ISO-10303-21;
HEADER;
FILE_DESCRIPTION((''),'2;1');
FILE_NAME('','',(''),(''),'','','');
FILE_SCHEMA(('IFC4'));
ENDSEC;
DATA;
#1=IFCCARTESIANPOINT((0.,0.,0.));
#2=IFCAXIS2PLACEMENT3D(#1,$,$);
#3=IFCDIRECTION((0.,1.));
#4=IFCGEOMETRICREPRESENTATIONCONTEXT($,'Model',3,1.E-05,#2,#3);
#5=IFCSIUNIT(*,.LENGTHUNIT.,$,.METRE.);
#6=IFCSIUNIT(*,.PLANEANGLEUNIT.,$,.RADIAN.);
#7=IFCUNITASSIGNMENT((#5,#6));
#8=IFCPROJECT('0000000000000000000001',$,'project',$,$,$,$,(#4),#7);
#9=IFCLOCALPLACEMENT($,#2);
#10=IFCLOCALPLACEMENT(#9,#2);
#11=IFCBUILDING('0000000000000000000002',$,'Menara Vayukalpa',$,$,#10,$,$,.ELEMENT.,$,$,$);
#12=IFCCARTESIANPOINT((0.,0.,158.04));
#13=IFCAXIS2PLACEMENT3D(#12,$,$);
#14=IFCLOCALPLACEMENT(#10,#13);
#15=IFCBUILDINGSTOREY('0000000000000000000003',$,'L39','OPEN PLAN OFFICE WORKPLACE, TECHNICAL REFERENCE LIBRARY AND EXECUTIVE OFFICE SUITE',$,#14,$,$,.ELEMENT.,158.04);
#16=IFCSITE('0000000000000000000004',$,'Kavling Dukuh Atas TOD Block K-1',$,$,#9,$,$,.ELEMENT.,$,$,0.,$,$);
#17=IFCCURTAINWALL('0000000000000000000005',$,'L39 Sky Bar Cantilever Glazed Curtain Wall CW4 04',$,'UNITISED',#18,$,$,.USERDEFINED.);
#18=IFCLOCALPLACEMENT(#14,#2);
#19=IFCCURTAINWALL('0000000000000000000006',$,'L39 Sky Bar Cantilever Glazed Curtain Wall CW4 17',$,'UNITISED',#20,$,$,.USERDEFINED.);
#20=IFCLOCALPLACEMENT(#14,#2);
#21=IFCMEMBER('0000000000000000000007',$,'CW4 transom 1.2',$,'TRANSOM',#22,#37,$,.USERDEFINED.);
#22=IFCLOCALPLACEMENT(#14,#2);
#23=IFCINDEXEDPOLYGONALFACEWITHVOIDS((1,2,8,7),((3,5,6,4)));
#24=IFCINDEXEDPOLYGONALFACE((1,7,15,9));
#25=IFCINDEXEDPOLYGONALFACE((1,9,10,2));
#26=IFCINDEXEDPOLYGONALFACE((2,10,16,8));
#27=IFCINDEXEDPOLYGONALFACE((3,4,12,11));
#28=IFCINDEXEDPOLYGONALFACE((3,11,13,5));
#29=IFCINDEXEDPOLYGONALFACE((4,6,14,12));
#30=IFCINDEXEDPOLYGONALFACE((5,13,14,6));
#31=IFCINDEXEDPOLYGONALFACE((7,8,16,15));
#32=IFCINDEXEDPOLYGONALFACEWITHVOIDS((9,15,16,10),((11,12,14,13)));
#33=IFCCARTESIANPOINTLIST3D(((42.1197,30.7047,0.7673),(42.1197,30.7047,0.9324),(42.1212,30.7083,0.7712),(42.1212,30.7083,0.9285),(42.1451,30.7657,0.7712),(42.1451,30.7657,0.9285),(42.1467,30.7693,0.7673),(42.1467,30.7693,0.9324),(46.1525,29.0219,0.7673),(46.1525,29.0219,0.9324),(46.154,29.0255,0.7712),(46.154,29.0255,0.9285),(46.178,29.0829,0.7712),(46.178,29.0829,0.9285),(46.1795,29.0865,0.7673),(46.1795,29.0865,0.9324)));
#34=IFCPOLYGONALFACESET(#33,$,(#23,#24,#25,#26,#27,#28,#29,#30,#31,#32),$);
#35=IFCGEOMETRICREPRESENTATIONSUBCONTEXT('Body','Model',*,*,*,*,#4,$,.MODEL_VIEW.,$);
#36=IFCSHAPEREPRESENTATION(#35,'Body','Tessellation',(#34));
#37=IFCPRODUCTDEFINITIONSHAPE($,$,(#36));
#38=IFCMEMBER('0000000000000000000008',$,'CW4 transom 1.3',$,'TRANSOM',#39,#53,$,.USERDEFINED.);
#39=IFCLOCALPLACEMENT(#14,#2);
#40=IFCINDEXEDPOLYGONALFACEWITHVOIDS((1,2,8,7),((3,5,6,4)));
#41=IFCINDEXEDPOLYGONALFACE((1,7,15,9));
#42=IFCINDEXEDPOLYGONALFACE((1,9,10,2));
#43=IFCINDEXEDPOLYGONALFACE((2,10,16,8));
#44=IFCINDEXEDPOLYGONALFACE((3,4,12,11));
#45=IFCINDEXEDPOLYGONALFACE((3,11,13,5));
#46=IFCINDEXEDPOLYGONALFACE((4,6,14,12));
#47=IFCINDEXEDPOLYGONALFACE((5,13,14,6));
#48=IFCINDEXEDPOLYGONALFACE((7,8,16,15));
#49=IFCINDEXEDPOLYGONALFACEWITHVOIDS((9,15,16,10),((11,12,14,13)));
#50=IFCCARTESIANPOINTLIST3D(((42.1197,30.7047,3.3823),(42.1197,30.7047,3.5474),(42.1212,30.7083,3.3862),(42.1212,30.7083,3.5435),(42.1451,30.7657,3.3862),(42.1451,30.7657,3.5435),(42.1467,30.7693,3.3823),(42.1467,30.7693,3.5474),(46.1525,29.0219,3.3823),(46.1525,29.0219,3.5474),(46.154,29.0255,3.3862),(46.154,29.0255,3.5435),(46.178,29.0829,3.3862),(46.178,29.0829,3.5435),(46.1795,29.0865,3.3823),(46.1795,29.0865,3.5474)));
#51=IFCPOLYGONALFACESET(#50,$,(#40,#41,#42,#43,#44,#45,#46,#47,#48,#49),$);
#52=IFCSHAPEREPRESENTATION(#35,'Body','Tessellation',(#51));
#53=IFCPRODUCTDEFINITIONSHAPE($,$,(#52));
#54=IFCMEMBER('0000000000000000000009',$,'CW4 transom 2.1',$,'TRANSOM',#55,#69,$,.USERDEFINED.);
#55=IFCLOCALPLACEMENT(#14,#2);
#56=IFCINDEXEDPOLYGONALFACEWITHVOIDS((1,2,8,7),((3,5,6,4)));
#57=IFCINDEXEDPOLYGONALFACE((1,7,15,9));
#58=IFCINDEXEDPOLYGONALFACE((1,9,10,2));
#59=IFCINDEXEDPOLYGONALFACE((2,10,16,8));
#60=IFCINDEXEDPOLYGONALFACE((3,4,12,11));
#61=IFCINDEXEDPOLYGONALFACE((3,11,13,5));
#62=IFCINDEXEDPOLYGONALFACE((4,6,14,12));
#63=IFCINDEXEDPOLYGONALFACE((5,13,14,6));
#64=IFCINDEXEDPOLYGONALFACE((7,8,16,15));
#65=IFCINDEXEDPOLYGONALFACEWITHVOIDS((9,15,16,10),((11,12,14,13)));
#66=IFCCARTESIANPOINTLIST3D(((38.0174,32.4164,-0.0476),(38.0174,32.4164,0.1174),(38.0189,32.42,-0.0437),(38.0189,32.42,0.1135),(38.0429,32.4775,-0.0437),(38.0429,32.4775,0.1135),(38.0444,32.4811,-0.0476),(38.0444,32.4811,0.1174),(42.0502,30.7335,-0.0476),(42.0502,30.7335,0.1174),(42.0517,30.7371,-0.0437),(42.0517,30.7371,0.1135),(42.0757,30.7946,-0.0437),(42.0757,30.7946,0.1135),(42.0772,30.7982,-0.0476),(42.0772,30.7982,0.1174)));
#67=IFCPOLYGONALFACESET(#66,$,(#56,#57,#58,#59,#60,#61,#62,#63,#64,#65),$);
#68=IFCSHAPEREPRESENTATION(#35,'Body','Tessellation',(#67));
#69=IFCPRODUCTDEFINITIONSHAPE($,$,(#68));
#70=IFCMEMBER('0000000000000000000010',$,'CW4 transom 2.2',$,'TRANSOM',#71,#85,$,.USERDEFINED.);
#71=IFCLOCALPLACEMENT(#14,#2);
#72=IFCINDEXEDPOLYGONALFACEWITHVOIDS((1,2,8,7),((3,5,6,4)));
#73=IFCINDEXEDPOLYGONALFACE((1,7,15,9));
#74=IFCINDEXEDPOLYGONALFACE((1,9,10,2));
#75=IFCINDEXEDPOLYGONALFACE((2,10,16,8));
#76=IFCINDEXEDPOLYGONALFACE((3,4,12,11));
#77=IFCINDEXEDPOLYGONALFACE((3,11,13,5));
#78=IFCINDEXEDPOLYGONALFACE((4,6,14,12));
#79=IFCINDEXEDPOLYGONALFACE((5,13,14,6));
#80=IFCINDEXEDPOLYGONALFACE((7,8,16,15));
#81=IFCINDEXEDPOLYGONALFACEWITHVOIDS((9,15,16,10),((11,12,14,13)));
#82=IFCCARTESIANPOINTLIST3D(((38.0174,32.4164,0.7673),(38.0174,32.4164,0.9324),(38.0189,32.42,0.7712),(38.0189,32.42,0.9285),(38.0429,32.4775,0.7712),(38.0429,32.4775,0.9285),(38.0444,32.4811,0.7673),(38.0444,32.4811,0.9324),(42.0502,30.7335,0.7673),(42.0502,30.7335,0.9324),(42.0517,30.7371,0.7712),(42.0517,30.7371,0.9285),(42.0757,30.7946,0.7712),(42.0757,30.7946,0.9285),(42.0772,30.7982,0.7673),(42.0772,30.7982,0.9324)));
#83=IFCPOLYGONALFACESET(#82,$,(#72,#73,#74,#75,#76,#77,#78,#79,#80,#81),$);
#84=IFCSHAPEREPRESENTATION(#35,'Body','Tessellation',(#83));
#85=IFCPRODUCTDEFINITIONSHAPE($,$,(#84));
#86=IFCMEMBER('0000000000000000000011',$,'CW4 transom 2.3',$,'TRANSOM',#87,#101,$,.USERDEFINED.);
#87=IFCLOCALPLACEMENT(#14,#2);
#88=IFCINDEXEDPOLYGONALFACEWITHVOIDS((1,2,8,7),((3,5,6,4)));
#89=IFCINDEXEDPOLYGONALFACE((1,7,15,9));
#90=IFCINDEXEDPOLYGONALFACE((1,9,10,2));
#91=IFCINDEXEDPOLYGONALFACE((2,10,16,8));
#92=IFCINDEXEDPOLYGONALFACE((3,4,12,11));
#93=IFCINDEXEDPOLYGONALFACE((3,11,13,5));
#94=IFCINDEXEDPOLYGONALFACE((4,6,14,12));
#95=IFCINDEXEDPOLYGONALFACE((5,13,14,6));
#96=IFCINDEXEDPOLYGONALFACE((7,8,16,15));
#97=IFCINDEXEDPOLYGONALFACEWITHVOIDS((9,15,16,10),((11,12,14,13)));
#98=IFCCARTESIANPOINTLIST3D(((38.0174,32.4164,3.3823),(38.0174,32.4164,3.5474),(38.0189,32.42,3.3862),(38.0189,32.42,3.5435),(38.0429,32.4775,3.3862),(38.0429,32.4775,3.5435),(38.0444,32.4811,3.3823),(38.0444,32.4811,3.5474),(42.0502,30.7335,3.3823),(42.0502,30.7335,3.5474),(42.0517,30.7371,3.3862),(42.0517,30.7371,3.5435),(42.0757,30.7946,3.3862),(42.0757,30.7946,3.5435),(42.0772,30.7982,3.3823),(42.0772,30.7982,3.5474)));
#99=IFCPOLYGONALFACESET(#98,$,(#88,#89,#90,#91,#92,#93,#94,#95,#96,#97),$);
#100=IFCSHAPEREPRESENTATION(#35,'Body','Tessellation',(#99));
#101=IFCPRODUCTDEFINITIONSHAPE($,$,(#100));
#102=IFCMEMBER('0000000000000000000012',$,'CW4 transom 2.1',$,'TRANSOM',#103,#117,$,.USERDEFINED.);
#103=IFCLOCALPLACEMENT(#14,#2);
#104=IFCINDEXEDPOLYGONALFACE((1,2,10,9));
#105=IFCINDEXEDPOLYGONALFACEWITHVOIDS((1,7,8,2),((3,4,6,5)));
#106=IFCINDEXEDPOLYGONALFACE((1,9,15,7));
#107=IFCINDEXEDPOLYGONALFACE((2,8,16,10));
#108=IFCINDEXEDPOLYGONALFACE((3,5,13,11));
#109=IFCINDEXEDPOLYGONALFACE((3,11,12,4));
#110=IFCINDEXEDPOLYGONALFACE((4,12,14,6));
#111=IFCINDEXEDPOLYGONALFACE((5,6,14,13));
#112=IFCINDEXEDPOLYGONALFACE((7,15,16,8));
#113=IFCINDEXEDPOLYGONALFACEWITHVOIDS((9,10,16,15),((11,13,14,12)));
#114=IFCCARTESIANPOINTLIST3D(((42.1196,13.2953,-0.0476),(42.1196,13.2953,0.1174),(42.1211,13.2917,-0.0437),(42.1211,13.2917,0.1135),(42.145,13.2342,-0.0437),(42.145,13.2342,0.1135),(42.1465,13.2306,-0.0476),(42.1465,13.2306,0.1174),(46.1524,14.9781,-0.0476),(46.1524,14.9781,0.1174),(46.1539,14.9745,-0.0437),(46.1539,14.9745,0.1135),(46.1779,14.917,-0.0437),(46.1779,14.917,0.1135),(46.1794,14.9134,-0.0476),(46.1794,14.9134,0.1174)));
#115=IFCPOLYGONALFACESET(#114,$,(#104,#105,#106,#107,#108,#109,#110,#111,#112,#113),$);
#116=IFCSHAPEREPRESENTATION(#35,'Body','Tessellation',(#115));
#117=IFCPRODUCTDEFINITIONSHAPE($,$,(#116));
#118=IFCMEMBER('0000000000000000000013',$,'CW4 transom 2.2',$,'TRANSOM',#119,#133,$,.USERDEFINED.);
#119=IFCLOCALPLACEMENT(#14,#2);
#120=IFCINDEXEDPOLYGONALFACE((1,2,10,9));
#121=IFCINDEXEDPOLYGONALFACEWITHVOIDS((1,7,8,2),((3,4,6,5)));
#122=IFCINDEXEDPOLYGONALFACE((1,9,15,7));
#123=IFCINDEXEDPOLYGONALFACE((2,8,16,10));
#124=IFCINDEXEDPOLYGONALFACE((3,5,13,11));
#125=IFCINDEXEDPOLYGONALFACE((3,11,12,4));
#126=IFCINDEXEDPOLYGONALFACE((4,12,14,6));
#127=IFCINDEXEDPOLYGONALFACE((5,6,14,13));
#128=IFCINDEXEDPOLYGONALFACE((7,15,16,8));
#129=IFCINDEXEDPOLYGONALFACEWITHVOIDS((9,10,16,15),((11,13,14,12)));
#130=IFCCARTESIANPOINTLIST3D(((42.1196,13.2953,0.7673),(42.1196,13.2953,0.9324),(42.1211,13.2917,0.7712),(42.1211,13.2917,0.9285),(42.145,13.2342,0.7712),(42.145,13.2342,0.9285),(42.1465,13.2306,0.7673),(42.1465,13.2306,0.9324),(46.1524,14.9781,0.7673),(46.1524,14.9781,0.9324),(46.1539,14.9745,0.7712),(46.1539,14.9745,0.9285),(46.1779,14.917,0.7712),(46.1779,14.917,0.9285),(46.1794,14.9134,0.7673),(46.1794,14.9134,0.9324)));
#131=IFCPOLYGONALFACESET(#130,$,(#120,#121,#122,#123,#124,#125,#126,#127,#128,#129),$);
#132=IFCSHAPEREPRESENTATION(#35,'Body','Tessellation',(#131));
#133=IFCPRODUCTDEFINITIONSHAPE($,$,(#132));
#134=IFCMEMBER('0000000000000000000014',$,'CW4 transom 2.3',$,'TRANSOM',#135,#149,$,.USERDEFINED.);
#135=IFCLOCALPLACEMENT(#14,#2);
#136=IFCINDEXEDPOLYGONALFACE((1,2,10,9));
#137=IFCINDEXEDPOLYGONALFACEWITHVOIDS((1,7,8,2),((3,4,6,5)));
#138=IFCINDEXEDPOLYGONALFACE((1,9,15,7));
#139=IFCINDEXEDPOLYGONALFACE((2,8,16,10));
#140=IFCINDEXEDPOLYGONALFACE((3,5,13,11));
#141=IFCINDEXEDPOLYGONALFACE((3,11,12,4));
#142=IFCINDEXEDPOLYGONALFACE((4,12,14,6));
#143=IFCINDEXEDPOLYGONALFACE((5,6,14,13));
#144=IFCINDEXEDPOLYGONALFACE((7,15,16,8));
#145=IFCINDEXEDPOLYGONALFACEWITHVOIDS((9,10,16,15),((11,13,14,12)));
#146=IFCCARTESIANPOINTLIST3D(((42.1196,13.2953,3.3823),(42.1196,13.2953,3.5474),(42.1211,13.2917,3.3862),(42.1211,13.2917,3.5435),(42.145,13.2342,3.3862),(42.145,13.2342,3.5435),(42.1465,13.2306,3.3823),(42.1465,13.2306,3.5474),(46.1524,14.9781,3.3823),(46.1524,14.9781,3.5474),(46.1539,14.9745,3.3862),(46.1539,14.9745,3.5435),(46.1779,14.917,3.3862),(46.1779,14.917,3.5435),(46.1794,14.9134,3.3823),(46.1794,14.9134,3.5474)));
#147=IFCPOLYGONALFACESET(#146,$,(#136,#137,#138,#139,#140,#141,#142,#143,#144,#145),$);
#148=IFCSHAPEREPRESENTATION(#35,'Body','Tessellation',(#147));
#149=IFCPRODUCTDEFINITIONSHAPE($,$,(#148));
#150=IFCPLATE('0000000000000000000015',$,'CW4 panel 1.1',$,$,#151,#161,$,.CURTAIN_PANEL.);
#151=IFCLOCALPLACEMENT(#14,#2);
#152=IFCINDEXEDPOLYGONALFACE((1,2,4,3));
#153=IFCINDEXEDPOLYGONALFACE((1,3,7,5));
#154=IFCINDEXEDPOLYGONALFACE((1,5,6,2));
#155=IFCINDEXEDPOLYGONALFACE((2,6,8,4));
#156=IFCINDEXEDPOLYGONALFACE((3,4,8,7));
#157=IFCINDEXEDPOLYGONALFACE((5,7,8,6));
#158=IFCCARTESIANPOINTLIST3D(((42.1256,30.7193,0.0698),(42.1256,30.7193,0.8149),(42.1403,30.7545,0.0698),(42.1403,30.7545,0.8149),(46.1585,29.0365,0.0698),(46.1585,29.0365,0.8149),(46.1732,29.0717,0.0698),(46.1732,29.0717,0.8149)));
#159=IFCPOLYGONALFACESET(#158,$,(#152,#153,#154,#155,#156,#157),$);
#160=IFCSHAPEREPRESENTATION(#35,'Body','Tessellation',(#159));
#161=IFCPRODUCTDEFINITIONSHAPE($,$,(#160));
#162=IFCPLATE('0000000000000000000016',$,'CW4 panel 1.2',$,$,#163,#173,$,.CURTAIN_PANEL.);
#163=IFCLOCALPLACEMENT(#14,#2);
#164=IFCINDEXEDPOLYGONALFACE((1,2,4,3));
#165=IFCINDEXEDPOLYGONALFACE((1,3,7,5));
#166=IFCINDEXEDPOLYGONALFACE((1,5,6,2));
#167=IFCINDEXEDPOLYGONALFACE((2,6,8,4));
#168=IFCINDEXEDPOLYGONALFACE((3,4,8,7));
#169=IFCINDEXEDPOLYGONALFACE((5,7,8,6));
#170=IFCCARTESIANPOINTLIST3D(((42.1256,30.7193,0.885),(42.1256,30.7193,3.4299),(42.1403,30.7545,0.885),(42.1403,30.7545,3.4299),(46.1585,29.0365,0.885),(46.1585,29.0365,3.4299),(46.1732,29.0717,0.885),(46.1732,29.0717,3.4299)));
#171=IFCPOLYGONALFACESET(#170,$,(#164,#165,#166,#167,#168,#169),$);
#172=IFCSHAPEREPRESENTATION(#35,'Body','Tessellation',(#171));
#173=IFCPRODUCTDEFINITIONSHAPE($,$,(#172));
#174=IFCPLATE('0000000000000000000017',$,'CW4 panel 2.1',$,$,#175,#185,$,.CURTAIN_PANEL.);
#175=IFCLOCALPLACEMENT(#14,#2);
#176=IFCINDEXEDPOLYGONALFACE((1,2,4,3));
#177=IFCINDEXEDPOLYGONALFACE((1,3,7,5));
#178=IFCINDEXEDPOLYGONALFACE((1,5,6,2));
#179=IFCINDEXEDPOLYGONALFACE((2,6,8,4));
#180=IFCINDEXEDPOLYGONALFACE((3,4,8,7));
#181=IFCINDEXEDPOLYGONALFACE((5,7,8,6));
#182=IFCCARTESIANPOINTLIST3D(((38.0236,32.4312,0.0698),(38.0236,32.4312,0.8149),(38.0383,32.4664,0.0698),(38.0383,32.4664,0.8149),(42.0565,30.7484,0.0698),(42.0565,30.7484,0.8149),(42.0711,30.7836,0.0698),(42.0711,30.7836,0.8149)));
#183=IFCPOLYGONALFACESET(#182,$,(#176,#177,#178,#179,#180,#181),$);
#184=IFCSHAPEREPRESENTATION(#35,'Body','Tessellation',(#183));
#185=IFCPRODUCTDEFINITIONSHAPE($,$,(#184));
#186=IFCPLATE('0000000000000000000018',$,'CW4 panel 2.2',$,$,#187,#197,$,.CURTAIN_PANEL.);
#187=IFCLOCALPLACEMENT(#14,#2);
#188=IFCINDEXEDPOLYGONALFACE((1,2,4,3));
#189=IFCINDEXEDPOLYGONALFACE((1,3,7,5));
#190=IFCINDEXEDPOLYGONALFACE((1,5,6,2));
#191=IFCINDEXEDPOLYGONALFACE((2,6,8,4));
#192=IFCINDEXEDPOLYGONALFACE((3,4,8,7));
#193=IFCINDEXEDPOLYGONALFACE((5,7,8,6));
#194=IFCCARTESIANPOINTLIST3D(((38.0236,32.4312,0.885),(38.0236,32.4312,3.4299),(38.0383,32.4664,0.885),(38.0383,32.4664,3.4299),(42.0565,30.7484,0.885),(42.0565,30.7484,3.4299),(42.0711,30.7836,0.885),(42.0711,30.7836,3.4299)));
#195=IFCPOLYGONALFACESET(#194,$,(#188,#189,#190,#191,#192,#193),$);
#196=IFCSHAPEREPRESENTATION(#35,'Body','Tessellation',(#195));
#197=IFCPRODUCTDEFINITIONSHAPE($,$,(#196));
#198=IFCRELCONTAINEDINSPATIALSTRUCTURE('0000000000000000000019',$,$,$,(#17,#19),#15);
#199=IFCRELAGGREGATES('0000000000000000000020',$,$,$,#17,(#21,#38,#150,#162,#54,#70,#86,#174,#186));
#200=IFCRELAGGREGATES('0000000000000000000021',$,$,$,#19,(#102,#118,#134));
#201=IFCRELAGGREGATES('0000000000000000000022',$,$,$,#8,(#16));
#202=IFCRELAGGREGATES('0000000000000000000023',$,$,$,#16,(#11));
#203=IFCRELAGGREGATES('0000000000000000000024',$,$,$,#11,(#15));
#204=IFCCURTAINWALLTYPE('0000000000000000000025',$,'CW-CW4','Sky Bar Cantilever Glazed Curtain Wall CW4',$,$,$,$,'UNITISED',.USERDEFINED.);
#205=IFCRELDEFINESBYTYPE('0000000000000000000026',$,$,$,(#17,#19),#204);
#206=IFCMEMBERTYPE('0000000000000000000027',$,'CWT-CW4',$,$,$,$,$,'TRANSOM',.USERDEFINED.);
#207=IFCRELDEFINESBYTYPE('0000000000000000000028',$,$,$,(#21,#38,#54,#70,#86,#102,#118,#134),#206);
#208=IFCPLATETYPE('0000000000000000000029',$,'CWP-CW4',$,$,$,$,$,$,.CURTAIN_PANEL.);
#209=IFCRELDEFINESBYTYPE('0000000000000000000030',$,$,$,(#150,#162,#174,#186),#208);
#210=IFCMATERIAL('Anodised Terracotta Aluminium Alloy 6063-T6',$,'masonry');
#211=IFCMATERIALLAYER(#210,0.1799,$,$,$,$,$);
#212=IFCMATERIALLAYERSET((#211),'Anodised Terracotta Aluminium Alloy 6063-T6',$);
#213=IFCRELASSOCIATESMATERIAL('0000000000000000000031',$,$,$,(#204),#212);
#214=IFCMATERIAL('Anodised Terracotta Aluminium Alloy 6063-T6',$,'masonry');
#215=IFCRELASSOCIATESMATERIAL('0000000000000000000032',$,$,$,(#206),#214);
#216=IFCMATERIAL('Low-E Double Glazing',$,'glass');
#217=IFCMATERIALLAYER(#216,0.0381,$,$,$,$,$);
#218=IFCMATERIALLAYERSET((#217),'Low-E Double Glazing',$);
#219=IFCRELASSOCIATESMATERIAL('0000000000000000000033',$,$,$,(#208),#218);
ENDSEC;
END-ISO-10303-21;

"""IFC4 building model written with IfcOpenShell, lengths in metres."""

from ifc_helpers import new_model, si_unit, direction, frame, origin, origin_2d, place, context, subcontext, project, spatial, rectangle, hollow_rectangle, extrude, material, layer, layer_set, material_profile, profile_set, type_object, element, aggregate, save


model = new_model("IFC4")

# Units and contexts
model_context = context("Model", 3, precision=1e-05, world=origin(), true_north=direction((0.0, 1.0)))
body_context = subcontext(model_context, "Body", "Model", "MODEL_VIEW")
ifc_project = project(units=[si_unit("LENGTHUNIT", "METRE"), si_unit("PLANEANGLEUNIT", "RADIAN")], contexts=[model_context])

# Site, building, storey
site_placement = place(None, origin())
site = spatial("IfcSite", under=ifc_project, at=site_placement, Name="Kavling Dukuh Atas TOD Block K-1", CompositionType="ELEMENT", RefElevation=0.0)
building_placement = place(site_placement, origin())
building = spatial("IfcBuilding", under=site, at=building_placement, Name="Menara Vayukalpa", CompositionType="ELEMENT")
storey_placement = place(building_placement, frame((0.0, 0.0, 158.04)))
storey = spatial("IfcBuildingStorey", under=building, at=storey_placement, Name="L39", Description="OPEN PLAN OFFICE WORKPLACE, TECHNICAL REFERENCE LIBRARY AND EXECUTIVE OFFICE SUITE", CompositionType="ELEMENT", Elevation=158.04)

# Curtain walls
ifc_material_1 = material(Name="Anodised Terracotta Aluminium Alloy 6063-T6", Category="masonry")
ifc_layer_1 = layer(ifc_material_1, 0.1799)
ifc_layer_set_1 = layer_set([ifc_layer_1], Name="Anodised Terracotta Aluminium Alloy 6063-T6")
curtain_wall_type = type_object("IfcCurtainWallType", Name="CW-CW4", Description="Sky Bar Cantilever Glazed Curtain Wall CW4", ElementType="UNITISED", PredefinedType="USERDEFINED", material=ifc_layer_set_1)
curtain_wall_1_placement = place(storey_placement, origin())
curtain_wall_1 = element("IfcCurtainWall", 1, at=curtain_wall_1_placement, inside=storey, type_object=curtain_wall_type, Name="L39 Sky Bar Cantilever Glazed Curtain Wall CW4 04", ObjectType="UNITISED", PredefinedType="USERDEFINED")
curtain_wall_2_placement = place(storey_placement, origin())
curtain_wall_2 = element("IfcCurtainWall", 2, at=curtain_wall_2_placement, inside=storey, type_object=curtain_wall_type, Name="L39 Sky Bar Cantilever Glazed Curtain Wall CW4 17", ObjectType="UNITISED", PredefinedType="USERDEFINED")

# Members
ifc_material_2 = material(Name="Anodised Terracotta Aluminium Alloy 6063-T6", Category="masonry")
ifc_material_profile_1 = material_profile(ifc_material_2, hollow_rectangle(XDim=0.0701, YDim=0.165, WallThickness=0.0039, at=origin_2d()), Name="ALU 70x165x4")
ifc_profile_set_1 = profile_set([ifc_material_profile_1], Name="Anodised Terracotta Aluminium Alloy 6063-T6")
member_type_1 = type_object("IfcMemberType", Name="CWT-CW4", ElementType="TRANSOM", PredefinedType="USERDEFINED", material=ifc_profile_set_1)
member_1_placement = place(storey_placement, frame((46.166, 29.0542, 0.8499), z_axis=(-0.922877, 0.385095, 0.0), x_axis=(-0.385095, -0.922877, 0.0)))
member_1 = element("IfcMember", 3, at=member_1_placement, type_object=member_type_1, Name="CW4 transom 1.2", ObjectType="TRANSOM", PredefinedType="USERDEFINED", context=body_context, shape_type="SweptSolid", body=[
    extrude(hollow_rectangle(XDim=0.0701, YDim=0.165, WallThickness=0.0039, at=origin_2d()), origin(), (0.0, 0.0, 1.0), 4.3699),
])
member_2_placement = place(storey_placement, frame((46.166, 29.0542, 3.4648), z_axis=(-0.922877, 0.385095, 0.0), x_axis=(-0.385095, -0.922877, 0.0)))
member_2 = element("IfcMember", 4, at=member_2_placement, type_object=member_type_1, Name="CW4 transom 1.3", ObjectType="TRANSOM", PredefinedType="USERDEFINED", context=body_context, shape_type="SweptSolid", body=[
    extrude(hollow_rectangle(XDim=0.0701, YDim=0.165, WallThickness=0.0039, at=origin_2d()), origin(), (0.0, 0.0, 1.0), 4.3699),
])
member_3_placement = place(storey_placement, frame((42.0637, 30.7659, 0.0349), z_axis=(-0.922869, 0.385115, 0.0), x_axis=(-0.385115, -0.922869, 0.0)))
member_3 = element("IfcMember", 5, at=member_3_placement, type_object=member_type_1, Name="CW4 transom 2.1", ObjectType="TRANSOM", PredefinedType="USERDEFINED", context=body_context, shape_type="SweptSolid", body=[
    extrude(hollow_rectangle(XDim=0.0701, YDim=0.165, WallThickness=0.0039, at=origin_2d()), origin(), (0.0, 0.0, 1.0), 4.3699),
])
member_4_placement = place(storey_placement, frame((42.0637, 30.7659, 0.8499), z_axis=(-0.922869, 0.385115, 0.0), x_axis=(-0.385115, -0.922869, 0.0)))
member_4 = element("IfcMember", 6, at=member_4_placement, type_object=member_type_1, Name="CW4 transom 2.2", ObjectType="TRANSOM", PredefinedType="USERDEFINED", context=body_context, shape_type="SweptSolid", body=[
    extrude(hollow_rectangle(XDim=0.0701, YDim=0.165, WallThickness=0.0039, at=origin_2d()), origin(), (0.0, 0.0, 1.0), 4.3699),
])
member_5_placement = place(storey_placement, frame((42.0637, 30.7659, 3.4648), z_axis=(-0.922869, 0.385115, 0.0), x_axis=(-0.385115, -0.922869, 0.0)))
member_5 = element("IfcMember", 7, at=member_5_placement, type_object=member_type_1, Name="CW4 transom 2.3", ObjectType="TRANSOM", PredefinedType="USERDEFINED", context=body_context, shape_type="SweptSolid", body=[
    extrude(hollow_rectangle(XDim=0.0701, YDim=0.165, WallThickness=0.0039, at=origin_2d()), origin(), (0.0, 0.0, 1.0), 4.3699),
])
member_6_placement = place(storey_placement, frame((42.1331, 13.2629, 0.0349), z_axis=(0.922877, 0.385095, 0.0), x_axis=(-0.385095, 0.922877, 0.0)))
member_6 = element("IfcMember", 8, at=member_6_placement, type_object=member_type_1, Name="CW4 transom 2.1", ObjectType="TRANSOM", PredefinedType="USERDEFINED", context=body_context, shape_type="SweptSolid", body=[
    extrude(hollow_rectangle(XDim=0.0701, YDim=0.165, WallThickness=0.0039, at=origin_2d()), origin(), (0.0, 0.0, 1.0), 4.3699),
])
member_7_placement = place(storey_placement, frame((42.1331, 13.2629, 0.8499), z_axis=(0.922877, 0.385095, 0.0), x_axis=(-0.385095, 0.922877, 0.0)))
member_7 = element("IfcMember", 9, at=member_7_placement, type_object=member_type_1, Name="CW4 transom 2.2", ObjectType="TRANSOM", PredefinedType="USERDEFINED", context=body_context, shape_type="SweptSolid", body=[
    extrude(hollow_rectangle(XDim=0.0701, YDim=0.165, WallThickness=0.0039, at=origin_2d()), origin(), (0.0, 0.0, 1.0), 4.3699),
])
member_8_placement = place(storey_placement, frame((42.1331, 13.2629, 3.4648), z_axis=(0.922877, 0.385095, 0.0), x_axis=(-0.385095, 0.922877, 0.0)))
member_8 = element("IfcMember", 10, at=member_8_placement, type_object=member_type_1, Name="CW4 transom 2.3", ObjectType="TRANSOM", PredefinedType="USERDEFINED", context=body_context, shape_type="SweptSolid", body=[
    extrude(hollow_rectangle(XDim=0.0701, YDim=0.165, WallThickness=0.0039, at=origin_2d()), origin(), (0.0, 0.0, 1.0), 4.3699),
])

# Plates
ifc_material_3 = material(Name="Low-E Double Glazing", Category="glass")
ifc_layer_2 = layer(ifc_material_3, 0.0381)
ifc_layer_set_2 = layer_set([ifc_layer_2], Name="Low-E Double Glazing")
plate_type = type_object("IfcPlateType", Name="CWP-CW4", PredefinedType="CURTAIN_PANEL", material=ifc_layer_set_2)
plate_1_placement = place(storey_placement, frame((44.1494, 29.8955, 0.0698), z_axis=(0.0, 0.0, 1.0), x_axis=(-0.922878, 0.385091, 0.0)))
plate_1 = element("IfcPlate", 11, at=plate_1_placement, type_object=plate_type, Name="CW4 panel 1.1", PredefinedType="CURTAIN_PANEL", context=body_context, shape_type="SweptSolid", body=[
    extrude(rectangle(XDim=4.3699, YDim=0.0381, at=origin_2d()), origin(), (0.0, 0.0, 1.0), 0.7451),
])
plate_2_placement = place(storey_placement, frame((44.1494, 29.8955, 0.885), z_axis=(0.0, 0.0, 1.0), x_axis=(-0.922878, 0.385091, 0.0)))
plate_2 = element("IfcPlate", 12, at=plate_2_placement, type_object=plate_type, Name="CW4 panel 1.2", PredefinedType="CURTAIN_PANEL", context=body_context, shape_type="SweptSolid", body=[
    extrude(rectangle(XDim=4.3699, YDim=0.0381, at=origin_2d()), origin(), (0.0, 0.0, 1.0), 2.5449),
])
plate_3_placement = place(storey_placement, frame((40.0474, 31.6074, 0.0698), z_axis=(0.0, 0.0, 1.0), x_axis=(-0.922878, 0.385091, 0.0)))
plate_3 = element("IfcPlate", 13, at=plate_3_placement, type_object=plate_type, Name="CW4 panel 2.1", PredefinedType="CURTAIN_PANEL", context=body_context, shape_type="SweptSolid", body=[
    extrude(rectangle(XDim=4.3699, YDim=0.0381, at=origin_2d()), origin(), (0.0, 0.0, 1.0), 0.7451),
])
plate_4_placement = place(storey_placement, frame((40.0474, 31.6074, 0.885), z_axis=(0.0, 0.0, 1.0), x_axis=(-0.922878, 0.385091, 0.0)))
plate_4 = element("IfcPlate", 14, at=plate_4_placement, type_object=plate_type, Name="CW4 panel 2.2", PredefinedType="CURTAIN_PANEL", context=body_context, shape_type="SweptSolid", body=[
    extrude(rectangle(XDim=4.3699, YDim=0.0381, at=origin_2d()), origin(), (0.0, 0.0, 1.0), 2.5449),
])
aggregate(curtain_wall_1, [member_1, member_2, plate_1, plate_2, member_3, member_4, member_5, plate_3, plate_4])
aggregate(curtain_wall_2, [member_6, member_7, member_8])

save(model, "model.ifc")
